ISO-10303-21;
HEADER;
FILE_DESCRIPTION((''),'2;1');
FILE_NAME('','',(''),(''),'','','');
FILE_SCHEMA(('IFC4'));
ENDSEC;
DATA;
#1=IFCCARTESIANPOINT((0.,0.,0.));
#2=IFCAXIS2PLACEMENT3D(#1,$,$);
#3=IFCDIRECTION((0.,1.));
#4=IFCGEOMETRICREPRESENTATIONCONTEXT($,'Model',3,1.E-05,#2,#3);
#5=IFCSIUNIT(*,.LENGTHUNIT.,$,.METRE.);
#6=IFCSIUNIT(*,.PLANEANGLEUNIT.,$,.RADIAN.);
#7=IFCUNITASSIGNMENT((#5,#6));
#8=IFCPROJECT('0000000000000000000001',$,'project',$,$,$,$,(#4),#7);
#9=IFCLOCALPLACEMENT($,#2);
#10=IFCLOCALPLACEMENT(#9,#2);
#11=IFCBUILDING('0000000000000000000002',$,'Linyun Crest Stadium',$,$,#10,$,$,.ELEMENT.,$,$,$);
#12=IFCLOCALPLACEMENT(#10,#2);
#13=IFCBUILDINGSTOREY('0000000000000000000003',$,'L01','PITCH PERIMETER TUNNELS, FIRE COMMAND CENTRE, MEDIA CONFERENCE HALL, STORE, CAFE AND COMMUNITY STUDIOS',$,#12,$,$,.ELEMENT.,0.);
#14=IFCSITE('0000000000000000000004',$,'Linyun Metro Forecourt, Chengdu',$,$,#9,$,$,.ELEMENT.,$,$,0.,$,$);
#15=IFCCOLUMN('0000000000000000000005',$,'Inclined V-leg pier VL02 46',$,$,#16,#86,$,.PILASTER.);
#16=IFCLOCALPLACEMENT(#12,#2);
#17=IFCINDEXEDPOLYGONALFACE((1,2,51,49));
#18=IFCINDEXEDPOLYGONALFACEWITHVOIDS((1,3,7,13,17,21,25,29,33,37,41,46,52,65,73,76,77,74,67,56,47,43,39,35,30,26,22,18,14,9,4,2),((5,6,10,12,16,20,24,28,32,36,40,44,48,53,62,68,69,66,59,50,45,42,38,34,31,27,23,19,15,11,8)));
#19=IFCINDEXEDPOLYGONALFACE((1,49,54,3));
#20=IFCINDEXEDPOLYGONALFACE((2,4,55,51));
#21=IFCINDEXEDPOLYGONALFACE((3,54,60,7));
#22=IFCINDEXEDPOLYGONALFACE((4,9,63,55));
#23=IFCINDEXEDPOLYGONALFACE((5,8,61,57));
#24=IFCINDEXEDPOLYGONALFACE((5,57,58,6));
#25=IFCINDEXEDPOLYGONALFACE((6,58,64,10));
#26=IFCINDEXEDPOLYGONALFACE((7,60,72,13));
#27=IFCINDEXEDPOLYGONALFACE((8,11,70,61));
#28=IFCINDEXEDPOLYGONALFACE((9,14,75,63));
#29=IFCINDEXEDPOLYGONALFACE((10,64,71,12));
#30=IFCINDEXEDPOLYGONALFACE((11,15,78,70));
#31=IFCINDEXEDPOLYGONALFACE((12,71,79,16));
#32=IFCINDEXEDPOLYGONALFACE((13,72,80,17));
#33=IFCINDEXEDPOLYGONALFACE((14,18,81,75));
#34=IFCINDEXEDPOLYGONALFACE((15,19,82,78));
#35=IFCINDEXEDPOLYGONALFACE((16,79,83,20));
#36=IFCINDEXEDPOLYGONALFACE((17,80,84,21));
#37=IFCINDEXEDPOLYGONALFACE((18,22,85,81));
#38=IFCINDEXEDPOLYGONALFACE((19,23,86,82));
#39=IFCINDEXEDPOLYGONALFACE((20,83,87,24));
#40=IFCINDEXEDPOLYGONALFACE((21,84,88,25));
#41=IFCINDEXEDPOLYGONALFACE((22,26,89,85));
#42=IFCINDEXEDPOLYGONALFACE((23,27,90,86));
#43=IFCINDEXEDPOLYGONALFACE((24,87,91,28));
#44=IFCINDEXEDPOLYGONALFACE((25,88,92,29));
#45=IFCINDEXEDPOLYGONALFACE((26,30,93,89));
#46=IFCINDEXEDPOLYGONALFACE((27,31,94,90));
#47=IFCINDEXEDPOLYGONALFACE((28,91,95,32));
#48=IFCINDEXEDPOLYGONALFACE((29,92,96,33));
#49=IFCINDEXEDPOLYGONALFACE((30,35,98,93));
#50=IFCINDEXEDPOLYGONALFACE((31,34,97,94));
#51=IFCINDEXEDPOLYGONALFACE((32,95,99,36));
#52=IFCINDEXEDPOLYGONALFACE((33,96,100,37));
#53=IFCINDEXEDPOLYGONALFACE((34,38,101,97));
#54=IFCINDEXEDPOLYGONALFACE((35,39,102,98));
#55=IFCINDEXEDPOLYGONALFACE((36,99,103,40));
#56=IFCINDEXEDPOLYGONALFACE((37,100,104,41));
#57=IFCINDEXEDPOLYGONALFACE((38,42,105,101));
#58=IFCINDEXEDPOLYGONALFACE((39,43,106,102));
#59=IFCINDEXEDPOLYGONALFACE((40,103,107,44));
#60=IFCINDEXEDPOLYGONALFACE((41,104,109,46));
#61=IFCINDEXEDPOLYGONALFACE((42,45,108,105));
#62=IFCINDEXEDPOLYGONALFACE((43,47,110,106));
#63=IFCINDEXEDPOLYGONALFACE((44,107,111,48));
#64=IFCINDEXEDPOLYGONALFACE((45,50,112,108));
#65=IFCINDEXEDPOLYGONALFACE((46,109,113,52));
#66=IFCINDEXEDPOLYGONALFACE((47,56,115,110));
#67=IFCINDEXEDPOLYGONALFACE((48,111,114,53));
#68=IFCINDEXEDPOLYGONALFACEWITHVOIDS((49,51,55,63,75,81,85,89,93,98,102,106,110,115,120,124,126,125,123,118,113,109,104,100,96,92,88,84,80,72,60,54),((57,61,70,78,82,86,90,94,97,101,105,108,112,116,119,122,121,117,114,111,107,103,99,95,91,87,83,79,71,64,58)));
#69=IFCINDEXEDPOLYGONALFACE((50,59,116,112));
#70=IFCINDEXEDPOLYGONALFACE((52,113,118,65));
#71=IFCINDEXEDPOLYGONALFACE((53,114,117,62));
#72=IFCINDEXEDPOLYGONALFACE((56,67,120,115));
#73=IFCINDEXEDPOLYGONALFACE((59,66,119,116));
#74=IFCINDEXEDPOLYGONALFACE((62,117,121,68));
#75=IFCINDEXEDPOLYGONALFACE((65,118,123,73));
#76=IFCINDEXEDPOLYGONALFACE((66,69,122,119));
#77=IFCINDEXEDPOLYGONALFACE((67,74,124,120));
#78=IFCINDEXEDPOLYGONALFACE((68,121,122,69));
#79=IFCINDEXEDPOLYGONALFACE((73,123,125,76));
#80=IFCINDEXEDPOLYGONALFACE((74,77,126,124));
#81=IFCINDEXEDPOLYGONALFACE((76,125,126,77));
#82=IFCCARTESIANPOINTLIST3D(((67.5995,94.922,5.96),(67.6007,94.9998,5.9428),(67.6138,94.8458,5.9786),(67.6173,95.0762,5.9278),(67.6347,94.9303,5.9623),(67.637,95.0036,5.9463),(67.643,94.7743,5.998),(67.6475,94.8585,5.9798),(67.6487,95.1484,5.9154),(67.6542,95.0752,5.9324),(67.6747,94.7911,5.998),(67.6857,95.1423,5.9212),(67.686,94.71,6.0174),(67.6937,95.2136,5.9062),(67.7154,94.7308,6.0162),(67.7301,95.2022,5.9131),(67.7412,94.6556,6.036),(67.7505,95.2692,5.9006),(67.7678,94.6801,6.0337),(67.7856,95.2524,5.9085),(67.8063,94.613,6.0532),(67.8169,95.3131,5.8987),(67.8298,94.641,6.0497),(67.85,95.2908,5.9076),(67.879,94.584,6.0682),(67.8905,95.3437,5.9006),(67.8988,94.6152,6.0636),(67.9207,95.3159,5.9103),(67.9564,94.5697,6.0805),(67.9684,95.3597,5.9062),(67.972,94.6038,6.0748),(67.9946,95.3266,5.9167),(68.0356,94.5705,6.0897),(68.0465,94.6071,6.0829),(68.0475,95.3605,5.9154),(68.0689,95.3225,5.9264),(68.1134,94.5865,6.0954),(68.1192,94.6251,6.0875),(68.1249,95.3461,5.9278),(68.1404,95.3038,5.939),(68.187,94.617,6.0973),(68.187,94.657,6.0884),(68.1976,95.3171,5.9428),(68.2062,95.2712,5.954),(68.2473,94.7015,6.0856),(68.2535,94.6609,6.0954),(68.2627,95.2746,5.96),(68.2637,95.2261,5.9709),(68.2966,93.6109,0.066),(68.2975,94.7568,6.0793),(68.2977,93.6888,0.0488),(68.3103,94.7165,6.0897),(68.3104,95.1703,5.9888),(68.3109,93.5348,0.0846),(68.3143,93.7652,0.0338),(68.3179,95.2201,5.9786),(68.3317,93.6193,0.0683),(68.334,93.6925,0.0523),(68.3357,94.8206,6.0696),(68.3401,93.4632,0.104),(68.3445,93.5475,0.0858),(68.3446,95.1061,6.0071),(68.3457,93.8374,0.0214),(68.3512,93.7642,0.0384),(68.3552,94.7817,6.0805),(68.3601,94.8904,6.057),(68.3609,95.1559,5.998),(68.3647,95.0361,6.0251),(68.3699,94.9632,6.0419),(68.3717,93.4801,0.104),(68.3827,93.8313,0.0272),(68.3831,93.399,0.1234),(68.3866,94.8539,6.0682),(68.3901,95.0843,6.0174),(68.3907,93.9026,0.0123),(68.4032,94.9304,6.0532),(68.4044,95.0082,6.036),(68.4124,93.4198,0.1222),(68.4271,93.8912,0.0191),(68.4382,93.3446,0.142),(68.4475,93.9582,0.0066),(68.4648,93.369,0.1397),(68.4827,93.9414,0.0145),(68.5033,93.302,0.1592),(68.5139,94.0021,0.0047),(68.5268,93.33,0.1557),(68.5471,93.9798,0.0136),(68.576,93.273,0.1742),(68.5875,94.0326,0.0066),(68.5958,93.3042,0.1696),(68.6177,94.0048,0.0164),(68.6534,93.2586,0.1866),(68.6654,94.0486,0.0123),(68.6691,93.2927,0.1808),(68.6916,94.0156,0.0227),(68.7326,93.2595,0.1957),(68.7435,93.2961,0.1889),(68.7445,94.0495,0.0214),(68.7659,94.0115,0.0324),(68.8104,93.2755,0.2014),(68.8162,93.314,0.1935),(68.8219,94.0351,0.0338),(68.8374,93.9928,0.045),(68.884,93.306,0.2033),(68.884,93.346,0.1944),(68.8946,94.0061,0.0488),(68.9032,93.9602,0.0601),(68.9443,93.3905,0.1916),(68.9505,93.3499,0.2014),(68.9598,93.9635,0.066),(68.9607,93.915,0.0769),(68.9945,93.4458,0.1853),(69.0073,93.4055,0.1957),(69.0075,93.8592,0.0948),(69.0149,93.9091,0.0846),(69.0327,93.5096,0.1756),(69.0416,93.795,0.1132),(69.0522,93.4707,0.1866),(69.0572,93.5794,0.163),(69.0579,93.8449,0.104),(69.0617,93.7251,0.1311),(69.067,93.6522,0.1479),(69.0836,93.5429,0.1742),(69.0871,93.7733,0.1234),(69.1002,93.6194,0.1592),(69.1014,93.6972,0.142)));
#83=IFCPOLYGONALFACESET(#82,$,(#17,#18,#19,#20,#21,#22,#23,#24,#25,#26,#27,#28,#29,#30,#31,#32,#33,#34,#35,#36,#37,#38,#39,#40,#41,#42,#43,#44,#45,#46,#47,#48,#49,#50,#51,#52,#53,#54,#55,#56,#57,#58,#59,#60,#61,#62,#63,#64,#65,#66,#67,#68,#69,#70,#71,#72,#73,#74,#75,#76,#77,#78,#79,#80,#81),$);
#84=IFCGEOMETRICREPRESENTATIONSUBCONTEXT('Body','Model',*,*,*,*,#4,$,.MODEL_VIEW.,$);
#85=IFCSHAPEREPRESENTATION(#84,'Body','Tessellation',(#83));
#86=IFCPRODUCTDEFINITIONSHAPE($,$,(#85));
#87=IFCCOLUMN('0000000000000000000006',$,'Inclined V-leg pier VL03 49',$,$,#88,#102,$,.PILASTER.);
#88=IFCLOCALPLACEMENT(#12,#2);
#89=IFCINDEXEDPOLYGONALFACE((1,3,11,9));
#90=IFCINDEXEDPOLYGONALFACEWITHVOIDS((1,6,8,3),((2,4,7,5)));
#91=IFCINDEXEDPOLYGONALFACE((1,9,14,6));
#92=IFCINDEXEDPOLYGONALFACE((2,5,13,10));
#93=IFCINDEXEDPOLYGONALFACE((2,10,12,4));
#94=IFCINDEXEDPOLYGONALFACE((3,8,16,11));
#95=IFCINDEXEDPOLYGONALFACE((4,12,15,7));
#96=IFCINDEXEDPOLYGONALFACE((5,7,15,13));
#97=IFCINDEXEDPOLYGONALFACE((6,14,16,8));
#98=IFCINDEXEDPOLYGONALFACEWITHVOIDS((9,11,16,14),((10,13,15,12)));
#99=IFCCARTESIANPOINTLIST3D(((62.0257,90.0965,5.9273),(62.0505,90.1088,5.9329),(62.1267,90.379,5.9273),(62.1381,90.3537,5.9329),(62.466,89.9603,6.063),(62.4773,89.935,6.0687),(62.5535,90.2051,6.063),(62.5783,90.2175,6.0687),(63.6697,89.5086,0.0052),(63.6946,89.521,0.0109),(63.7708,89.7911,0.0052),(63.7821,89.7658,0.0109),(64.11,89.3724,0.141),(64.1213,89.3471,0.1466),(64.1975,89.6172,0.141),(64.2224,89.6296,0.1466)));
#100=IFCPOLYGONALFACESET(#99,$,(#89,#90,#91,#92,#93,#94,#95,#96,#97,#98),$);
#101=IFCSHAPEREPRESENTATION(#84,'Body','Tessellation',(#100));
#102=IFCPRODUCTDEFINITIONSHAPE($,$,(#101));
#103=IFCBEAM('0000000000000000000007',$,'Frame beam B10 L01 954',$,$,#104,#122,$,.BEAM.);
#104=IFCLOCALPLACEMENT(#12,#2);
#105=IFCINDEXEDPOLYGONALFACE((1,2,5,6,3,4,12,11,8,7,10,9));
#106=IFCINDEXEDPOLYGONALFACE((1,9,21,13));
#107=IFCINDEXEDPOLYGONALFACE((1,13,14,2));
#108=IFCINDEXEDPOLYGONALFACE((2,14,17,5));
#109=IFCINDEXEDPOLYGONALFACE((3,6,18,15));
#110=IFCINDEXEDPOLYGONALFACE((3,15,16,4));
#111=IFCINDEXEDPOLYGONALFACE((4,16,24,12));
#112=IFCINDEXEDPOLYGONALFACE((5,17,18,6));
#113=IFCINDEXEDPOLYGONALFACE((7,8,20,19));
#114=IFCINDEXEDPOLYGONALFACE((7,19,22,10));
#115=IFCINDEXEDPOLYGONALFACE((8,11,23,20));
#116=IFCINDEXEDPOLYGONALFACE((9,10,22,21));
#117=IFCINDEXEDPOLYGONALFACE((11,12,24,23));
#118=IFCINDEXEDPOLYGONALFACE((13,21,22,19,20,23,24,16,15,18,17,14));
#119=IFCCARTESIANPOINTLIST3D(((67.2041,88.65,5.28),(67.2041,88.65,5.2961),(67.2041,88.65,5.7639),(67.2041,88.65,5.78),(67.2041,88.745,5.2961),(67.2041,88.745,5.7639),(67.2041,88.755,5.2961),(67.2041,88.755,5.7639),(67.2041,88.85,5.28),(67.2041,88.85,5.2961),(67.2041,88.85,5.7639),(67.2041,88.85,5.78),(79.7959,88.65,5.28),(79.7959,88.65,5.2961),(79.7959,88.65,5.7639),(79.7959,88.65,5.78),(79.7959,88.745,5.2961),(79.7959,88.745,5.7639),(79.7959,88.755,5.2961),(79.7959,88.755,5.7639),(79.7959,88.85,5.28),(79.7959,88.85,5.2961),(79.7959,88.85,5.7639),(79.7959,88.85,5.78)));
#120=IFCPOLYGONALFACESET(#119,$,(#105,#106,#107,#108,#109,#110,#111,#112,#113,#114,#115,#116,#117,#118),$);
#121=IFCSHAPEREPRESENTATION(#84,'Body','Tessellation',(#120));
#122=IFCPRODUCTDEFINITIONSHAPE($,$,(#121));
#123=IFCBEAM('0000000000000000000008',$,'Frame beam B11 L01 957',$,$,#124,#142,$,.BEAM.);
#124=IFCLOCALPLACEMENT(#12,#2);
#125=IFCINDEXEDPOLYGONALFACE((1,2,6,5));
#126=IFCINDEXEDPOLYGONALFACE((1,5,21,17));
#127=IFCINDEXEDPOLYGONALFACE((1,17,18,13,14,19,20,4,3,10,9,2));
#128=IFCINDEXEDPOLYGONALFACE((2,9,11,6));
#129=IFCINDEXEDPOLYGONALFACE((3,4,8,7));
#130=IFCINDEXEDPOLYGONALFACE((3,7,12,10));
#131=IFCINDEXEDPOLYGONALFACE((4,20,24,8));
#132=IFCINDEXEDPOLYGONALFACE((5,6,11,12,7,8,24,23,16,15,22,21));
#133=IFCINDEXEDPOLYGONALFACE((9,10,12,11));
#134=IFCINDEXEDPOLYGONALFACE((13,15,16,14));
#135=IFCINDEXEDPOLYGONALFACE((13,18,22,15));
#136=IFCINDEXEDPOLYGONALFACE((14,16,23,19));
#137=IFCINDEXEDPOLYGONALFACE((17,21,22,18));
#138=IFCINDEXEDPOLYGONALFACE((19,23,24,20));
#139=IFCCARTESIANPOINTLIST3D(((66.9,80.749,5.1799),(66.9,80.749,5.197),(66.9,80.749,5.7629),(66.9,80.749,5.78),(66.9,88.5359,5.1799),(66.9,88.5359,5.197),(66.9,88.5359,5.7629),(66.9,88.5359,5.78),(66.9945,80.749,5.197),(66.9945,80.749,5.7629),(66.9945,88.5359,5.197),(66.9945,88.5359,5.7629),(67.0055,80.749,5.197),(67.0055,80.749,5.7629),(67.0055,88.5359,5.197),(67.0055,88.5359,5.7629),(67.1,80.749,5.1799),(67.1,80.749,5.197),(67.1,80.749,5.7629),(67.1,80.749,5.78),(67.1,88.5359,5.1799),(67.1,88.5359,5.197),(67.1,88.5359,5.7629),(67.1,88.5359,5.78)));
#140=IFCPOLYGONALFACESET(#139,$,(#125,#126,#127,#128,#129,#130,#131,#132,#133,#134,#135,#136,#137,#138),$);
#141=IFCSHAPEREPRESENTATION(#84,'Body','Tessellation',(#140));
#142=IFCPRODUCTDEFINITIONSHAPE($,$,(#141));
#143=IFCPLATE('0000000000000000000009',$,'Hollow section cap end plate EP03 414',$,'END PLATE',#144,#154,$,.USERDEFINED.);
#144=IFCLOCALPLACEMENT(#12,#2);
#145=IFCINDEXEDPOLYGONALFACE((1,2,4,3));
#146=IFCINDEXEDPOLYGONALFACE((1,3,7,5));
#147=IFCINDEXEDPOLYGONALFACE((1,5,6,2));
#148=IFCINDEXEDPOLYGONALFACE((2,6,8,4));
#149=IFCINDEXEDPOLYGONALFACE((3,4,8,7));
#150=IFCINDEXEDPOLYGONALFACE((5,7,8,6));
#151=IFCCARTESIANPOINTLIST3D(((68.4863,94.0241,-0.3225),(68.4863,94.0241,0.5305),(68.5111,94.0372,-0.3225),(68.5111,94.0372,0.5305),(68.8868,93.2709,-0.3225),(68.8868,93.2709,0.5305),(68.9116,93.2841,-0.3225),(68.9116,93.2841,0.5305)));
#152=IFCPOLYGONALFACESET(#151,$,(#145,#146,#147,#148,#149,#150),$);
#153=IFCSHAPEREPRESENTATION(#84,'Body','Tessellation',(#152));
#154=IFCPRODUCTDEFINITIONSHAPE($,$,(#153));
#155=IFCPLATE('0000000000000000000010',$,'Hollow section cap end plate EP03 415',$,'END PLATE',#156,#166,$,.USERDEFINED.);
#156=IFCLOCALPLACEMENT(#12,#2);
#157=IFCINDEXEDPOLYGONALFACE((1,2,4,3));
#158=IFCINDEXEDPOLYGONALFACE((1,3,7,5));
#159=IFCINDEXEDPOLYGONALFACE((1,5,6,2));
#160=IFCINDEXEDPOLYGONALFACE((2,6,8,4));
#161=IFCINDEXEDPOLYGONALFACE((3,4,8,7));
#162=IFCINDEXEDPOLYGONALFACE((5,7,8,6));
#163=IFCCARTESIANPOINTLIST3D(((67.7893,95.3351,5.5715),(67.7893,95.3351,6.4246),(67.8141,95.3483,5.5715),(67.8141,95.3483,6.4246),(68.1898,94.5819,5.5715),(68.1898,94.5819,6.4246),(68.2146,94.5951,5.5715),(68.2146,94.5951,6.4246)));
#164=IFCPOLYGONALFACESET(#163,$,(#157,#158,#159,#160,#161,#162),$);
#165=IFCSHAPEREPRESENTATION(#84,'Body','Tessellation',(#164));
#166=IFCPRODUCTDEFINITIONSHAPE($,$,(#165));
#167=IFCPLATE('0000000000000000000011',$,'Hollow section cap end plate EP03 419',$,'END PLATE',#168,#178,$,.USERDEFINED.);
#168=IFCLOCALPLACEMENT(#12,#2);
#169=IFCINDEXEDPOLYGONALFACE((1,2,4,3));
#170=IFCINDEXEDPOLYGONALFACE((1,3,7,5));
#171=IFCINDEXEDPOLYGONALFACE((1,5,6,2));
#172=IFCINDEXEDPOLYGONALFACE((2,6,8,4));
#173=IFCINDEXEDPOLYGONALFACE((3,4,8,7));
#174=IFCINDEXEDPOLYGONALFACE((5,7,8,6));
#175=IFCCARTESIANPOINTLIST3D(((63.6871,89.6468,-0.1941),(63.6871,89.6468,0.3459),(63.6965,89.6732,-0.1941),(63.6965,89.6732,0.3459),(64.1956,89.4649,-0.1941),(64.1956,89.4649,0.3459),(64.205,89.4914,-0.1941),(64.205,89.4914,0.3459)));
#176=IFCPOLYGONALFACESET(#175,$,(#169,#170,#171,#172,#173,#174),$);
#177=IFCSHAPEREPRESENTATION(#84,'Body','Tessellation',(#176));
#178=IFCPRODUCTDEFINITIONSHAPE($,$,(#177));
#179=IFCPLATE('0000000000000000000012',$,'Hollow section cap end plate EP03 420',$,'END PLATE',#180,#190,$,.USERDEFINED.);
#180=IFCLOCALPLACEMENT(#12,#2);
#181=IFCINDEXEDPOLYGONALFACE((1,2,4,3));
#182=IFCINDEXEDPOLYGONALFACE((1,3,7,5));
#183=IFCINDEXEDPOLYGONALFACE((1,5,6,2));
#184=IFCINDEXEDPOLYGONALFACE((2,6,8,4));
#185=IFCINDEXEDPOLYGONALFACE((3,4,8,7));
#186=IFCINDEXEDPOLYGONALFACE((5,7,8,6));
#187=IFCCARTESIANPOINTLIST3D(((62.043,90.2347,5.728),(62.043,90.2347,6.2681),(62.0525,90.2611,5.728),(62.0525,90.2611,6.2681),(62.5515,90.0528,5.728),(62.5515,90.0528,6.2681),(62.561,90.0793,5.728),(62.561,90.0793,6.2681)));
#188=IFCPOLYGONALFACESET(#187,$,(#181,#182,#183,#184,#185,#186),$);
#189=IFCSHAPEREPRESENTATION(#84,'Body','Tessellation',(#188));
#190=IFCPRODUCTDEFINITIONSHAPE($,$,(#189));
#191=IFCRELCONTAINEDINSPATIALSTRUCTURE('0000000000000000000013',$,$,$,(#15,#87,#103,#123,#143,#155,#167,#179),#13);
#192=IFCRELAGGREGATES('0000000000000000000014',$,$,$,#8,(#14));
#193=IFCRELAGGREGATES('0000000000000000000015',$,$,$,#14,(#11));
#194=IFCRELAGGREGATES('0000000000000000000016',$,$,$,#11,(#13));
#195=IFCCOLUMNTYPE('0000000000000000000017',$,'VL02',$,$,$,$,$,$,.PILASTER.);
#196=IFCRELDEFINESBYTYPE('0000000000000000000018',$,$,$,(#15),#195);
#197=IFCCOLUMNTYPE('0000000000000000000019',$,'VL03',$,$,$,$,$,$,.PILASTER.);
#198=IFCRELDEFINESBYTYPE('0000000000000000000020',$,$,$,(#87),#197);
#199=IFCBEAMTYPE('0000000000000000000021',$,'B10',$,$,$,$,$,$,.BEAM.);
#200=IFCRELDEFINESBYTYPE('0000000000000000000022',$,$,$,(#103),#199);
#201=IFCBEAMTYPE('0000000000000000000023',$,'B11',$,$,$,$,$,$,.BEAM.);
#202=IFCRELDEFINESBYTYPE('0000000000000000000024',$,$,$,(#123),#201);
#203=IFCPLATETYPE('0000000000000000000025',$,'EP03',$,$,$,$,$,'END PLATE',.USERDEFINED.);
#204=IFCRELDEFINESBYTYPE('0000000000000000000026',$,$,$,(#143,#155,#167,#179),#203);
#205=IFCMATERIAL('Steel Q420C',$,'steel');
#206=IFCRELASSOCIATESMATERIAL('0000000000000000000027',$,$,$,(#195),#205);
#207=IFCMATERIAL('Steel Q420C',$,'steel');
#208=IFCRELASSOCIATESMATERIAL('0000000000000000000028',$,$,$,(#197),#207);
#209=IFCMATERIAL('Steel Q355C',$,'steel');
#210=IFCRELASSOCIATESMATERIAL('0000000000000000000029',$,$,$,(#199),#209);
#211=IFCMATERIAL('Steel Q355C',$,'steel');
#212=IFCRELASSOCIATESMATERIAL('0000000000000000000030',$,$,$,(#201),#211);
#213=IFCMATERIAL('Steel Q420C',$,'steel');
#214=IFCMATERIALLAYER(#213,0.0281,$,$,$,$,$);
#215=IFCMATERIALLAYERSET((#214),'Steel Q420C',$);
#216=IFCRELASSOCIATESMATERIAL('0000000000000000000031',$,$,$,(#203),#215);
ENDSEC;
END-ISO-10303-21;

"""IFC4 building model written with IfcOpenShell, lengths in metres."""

from ifc_helpers import new_model, si_unit, direction, frame, origin, origin_2d, place, context, subcontext, project, spatial, rectangle, hollow_rectangle, hollow_circle, i_section, extrude, material, layer, layer_set, material_profile, profile_set, type_object, element, save


model = new_model("IFC4")

# Units and contexts
model_context = context("Model", 3, precision=1e-05, world=origin(), true_north=direction((0.0, 1.0)))
body_context = subcontext(model_context, "Body", "Model", "MODEL_VIEW")
ifc_project = project(units=[si_unit("LENGTHUNIT", "METRE"), si_unit("PLANEANGLEUNIT", "RADIAN")], contexts=[model_context])

# Site, building, storey
site_placement = place(None, origin())
site = spatial("IfcSite", under=ifc_project, at=site_placement, Name="Linyun Metro Forecourt, Chengdu", CompositionType="ELEMENT", RefElevation=0.0)
building_placement = place(site_placement, origin())
building = spatial("IfcBuilding", under=site, at=building_placement, Name="Linyun Crest Stadium", CompositionType="ELEMENT")
storey_placement = place(building_placement, origin())
storey = spatial("IfcBuildingStorey", under=building, at=storey_placement, Name="L01", Description="PITCH PERIMETER TUNNELS, FIRE COMMAND CENTRE, MEDIA CONFERENCE HALL, STORE, CAFE AND COMMUNITY STUDIOS", CompositionType="ELEMENT", Elevation=0.0)

# Columns
ifc_material_1 = material(Name="Steel Q420C", Category="steel")
ifc_material_profile_1 = material_profile(ifc_material_1, hollow_circle(Radius=0.4065, WallThickness=0.0359, at=origin_2d()), Name="CHS 813x36")
ifc_profile_set_1 = profile_set([ifc_material_profile_1], Name="Steel Q420C")
column_type_1 = type_object("IfcColumnType", Name="VL02", PredefinedType="PILASTER", material=ifc_profile_set_1)
column_1_placement = place(storey_placement, frame((68.699, 93.6541, 0.104), z_axis=(-0.114676, 0.215695, 0.969704), x_axis=(-0.882967, -0.469436, 0.0)))
element("IfcColumn", 1, at=column_1_placement, inside=storey, type_object=column_type_1, Name="Inclined V-leg pier VL02 46", PredefinedType="PILASTER", context=body_context, shape_type="SweptSolid", body=[
    extrude(hollow_circle(Radius=0.4065, WallThickness=0.0359, at=origin_2d()), origin(), (0.0, 0.0, 1.0), 6.0781),
])
ifc_material_2 = material(Name="Steel Q420C", Category="steel")
ifc_material_profile_2 = material_profile(ifc_material_2, hollow_rectangle(XDim=0.3, YDim=0.5, WallThickness=0.02, at=origin_2d()), Name="RHS 500x300x20")
ifc_profile_set_2 = profile_set([ifc_material_profile_2], Name="Steel Q420C")
column_type_2 = type_object("IfcColumnType", Name="VL03", PredefinedType="PILASTER", material=ifc_profile_set_2)
column_2_placement = place(storey_placement, frame((63.946, 89.5691, 0.0759), z_axis=(-0.266279, 0.095218, 0.959181), x_axis=(-0.336708, -0.941609, 0.0)))
element("IfcColumn", 2, at=column_2_placement, inside=storey, type_object=column_type_2, Name="Inclined V-leg pier VL03 49", PredefinedType="PILASTER", context=body_context, shape_type="SweptSolid", body=[
    extrude(hollow_rectangle(XDim=0.3, YDim=0.5, WallThickness=0.02, at=origin_2d()), origin(), (0.0, 0.0, 1.0), 6.1741),
])

# Beams
ifc_material_3 = material(Name="Steel Q355C", Category="steel")
ifc_material_profile_3 = material_profile(ifc_material_3, i_section(OverallWidth=0.2, OverallDepth=0.5, WebThickness=0.01, FlangeThickness=0.0161, at=origin_2d()), Name="HN 500x200")
ifc_profile_set_3 = profile_set([ifc_material_profile_3], Name="Steel Q355C")
beam_type_1 = type_object("IfcBeamType", Name="B10", PredefinedType="BEAM", material=ifc_profile_set_3)
beam_1_placement = place(storey_placement, frame((67.2041, 88.75, 5.53), z_axis=(1.0, 0.0, 0.0), x_axis=(0.0, 1.0, 0.0)))
element("IfcBeam", 3, at=beam_1_placement, inside=storey, type_object=beam_type_1, Name="Frame beam B10 L01 954", PredefinedType="BEAM", context=body_context, shape_type="SweptSolid", body=[
    extrude(i_section(OverallWidth=0.2, OverallDepth=0.5, WebThickness=0.01, FlangeThickness=0.0161, at=origin_2d()), origin(), (0.0, 0.0, 1.0), 12.5918),
])
ifc_material_4 = material(Name="Steel Q355C", Category="steel")
ifc_material_profile_4 = material_profile(ifc_material_4, i_section(OverallWidth=0.2, OverallDepth=0.6001, WebThickness=0.011, FlangeThickness=0.0171, at=origin_2d()), Name="HN 600x200")
ifc_profile_set_4 = profile_set([ifc_material_profile_4], Name="Steel Q355C")
beam_type_2 = type_object("IfcBeamType", Name="B11", PredefinedType="BEAM", material=ifc_profile_set_4)
beam_2_placement = place(storey_placement, frame((67.0, 80.749, 5.48), z_axis=(0.0, 1.0, 0.0), x_axis=(-1.0, 0.0, 0.0)))
element("IfcBeam", 4, at=beam_2_placement, inside=storey, type_object=beam_type_2, Name="Frame beam B11 L01 957", PredefinedType="BEAM", context=body_context, shape_type="SweptSolid", body=[
    extrude(i_section(OverallWidth=0.2, OverallDepth=0.6001, WebThickness=0.011, FlangeThickness=0.0171, at=origin_2d()), origin(), (0.0, 0.0, 1.0), 7.7869),
])

# Plates
ifc_material_5 = material(Name="Steel Q420C", Category="steel")
ifc_layer_1 = layer(ifc_material_5, 0.0281)
ifc_layer_set_1 = layer_set([ifc_layer_1], Name="Steel Q420C")
plate_type = type_object("IfcPlateType", Name="EP03", ElementType="END PLATE", PredefinedType="USERDEFINED", material=ifc_layer_set_1)
for number, where, z_axis, x_axis, name in (
    (5, (68.699, 93.6541, -0.3225), (0.0, 0.0, 1.0), (-0.469472, 0.882948, 0.0), "Hollow section cap end plate EP03 414"),
    (6, (68.002, 94.9651, 5.5715), (0.0, 0.0, 1.0), (-0.469472, 0.882948, 0.0), "Hollow section cap end plate EP03 415"),
):
    element("IfcPlate", number, at=place(storey_placement, frame(where, z_axis=z_axis, x_axis=x_axis)), inside=storey, type_object=plate_type, Name=name, ObjectType="END PLATE", PredefinedType="USERDEFINED", context=body_context, shape_type="SweptSolid", body=[
        extrude(rectangle(XDim=0.853, YDim=0.0281, at=origin_2d()), origin(), (0.0, 0.0, 1.0), 0.853),
    ])
for number, where, z_axis, x_axis, name in (
    (7, (63.946, 89.5691, -0.1941), (0.0, 0.0, 1.0), (-0.941588, 0.336767, 0.0), "Hollow section cap end plate EP03 419"),
    (8, (62.302, 90.157, 5.728), (0.0, 0.0, 1.0), (-0.941588, 0.336767, 0.0), "Hollow section cap end plate EP03 420"),
):
    element("IfcPlate", number, at=place(storey_placement, frame(where, z_axis=z_axis, x_axis=x_axis)), inside=storey, type_object=plate_type, Name=name, ObjectType="END PLATE", PredefinedType="USERDEFINED", context=body_context, shape_type="SweptSolid", body=[
        extrude(rectangle(XDim=0.54, YDim=0.0281, at=origin_2d()), origin(), (0.0, 0.0, 1.0), 0.54),
    ])

save(model, "model.ifc")
